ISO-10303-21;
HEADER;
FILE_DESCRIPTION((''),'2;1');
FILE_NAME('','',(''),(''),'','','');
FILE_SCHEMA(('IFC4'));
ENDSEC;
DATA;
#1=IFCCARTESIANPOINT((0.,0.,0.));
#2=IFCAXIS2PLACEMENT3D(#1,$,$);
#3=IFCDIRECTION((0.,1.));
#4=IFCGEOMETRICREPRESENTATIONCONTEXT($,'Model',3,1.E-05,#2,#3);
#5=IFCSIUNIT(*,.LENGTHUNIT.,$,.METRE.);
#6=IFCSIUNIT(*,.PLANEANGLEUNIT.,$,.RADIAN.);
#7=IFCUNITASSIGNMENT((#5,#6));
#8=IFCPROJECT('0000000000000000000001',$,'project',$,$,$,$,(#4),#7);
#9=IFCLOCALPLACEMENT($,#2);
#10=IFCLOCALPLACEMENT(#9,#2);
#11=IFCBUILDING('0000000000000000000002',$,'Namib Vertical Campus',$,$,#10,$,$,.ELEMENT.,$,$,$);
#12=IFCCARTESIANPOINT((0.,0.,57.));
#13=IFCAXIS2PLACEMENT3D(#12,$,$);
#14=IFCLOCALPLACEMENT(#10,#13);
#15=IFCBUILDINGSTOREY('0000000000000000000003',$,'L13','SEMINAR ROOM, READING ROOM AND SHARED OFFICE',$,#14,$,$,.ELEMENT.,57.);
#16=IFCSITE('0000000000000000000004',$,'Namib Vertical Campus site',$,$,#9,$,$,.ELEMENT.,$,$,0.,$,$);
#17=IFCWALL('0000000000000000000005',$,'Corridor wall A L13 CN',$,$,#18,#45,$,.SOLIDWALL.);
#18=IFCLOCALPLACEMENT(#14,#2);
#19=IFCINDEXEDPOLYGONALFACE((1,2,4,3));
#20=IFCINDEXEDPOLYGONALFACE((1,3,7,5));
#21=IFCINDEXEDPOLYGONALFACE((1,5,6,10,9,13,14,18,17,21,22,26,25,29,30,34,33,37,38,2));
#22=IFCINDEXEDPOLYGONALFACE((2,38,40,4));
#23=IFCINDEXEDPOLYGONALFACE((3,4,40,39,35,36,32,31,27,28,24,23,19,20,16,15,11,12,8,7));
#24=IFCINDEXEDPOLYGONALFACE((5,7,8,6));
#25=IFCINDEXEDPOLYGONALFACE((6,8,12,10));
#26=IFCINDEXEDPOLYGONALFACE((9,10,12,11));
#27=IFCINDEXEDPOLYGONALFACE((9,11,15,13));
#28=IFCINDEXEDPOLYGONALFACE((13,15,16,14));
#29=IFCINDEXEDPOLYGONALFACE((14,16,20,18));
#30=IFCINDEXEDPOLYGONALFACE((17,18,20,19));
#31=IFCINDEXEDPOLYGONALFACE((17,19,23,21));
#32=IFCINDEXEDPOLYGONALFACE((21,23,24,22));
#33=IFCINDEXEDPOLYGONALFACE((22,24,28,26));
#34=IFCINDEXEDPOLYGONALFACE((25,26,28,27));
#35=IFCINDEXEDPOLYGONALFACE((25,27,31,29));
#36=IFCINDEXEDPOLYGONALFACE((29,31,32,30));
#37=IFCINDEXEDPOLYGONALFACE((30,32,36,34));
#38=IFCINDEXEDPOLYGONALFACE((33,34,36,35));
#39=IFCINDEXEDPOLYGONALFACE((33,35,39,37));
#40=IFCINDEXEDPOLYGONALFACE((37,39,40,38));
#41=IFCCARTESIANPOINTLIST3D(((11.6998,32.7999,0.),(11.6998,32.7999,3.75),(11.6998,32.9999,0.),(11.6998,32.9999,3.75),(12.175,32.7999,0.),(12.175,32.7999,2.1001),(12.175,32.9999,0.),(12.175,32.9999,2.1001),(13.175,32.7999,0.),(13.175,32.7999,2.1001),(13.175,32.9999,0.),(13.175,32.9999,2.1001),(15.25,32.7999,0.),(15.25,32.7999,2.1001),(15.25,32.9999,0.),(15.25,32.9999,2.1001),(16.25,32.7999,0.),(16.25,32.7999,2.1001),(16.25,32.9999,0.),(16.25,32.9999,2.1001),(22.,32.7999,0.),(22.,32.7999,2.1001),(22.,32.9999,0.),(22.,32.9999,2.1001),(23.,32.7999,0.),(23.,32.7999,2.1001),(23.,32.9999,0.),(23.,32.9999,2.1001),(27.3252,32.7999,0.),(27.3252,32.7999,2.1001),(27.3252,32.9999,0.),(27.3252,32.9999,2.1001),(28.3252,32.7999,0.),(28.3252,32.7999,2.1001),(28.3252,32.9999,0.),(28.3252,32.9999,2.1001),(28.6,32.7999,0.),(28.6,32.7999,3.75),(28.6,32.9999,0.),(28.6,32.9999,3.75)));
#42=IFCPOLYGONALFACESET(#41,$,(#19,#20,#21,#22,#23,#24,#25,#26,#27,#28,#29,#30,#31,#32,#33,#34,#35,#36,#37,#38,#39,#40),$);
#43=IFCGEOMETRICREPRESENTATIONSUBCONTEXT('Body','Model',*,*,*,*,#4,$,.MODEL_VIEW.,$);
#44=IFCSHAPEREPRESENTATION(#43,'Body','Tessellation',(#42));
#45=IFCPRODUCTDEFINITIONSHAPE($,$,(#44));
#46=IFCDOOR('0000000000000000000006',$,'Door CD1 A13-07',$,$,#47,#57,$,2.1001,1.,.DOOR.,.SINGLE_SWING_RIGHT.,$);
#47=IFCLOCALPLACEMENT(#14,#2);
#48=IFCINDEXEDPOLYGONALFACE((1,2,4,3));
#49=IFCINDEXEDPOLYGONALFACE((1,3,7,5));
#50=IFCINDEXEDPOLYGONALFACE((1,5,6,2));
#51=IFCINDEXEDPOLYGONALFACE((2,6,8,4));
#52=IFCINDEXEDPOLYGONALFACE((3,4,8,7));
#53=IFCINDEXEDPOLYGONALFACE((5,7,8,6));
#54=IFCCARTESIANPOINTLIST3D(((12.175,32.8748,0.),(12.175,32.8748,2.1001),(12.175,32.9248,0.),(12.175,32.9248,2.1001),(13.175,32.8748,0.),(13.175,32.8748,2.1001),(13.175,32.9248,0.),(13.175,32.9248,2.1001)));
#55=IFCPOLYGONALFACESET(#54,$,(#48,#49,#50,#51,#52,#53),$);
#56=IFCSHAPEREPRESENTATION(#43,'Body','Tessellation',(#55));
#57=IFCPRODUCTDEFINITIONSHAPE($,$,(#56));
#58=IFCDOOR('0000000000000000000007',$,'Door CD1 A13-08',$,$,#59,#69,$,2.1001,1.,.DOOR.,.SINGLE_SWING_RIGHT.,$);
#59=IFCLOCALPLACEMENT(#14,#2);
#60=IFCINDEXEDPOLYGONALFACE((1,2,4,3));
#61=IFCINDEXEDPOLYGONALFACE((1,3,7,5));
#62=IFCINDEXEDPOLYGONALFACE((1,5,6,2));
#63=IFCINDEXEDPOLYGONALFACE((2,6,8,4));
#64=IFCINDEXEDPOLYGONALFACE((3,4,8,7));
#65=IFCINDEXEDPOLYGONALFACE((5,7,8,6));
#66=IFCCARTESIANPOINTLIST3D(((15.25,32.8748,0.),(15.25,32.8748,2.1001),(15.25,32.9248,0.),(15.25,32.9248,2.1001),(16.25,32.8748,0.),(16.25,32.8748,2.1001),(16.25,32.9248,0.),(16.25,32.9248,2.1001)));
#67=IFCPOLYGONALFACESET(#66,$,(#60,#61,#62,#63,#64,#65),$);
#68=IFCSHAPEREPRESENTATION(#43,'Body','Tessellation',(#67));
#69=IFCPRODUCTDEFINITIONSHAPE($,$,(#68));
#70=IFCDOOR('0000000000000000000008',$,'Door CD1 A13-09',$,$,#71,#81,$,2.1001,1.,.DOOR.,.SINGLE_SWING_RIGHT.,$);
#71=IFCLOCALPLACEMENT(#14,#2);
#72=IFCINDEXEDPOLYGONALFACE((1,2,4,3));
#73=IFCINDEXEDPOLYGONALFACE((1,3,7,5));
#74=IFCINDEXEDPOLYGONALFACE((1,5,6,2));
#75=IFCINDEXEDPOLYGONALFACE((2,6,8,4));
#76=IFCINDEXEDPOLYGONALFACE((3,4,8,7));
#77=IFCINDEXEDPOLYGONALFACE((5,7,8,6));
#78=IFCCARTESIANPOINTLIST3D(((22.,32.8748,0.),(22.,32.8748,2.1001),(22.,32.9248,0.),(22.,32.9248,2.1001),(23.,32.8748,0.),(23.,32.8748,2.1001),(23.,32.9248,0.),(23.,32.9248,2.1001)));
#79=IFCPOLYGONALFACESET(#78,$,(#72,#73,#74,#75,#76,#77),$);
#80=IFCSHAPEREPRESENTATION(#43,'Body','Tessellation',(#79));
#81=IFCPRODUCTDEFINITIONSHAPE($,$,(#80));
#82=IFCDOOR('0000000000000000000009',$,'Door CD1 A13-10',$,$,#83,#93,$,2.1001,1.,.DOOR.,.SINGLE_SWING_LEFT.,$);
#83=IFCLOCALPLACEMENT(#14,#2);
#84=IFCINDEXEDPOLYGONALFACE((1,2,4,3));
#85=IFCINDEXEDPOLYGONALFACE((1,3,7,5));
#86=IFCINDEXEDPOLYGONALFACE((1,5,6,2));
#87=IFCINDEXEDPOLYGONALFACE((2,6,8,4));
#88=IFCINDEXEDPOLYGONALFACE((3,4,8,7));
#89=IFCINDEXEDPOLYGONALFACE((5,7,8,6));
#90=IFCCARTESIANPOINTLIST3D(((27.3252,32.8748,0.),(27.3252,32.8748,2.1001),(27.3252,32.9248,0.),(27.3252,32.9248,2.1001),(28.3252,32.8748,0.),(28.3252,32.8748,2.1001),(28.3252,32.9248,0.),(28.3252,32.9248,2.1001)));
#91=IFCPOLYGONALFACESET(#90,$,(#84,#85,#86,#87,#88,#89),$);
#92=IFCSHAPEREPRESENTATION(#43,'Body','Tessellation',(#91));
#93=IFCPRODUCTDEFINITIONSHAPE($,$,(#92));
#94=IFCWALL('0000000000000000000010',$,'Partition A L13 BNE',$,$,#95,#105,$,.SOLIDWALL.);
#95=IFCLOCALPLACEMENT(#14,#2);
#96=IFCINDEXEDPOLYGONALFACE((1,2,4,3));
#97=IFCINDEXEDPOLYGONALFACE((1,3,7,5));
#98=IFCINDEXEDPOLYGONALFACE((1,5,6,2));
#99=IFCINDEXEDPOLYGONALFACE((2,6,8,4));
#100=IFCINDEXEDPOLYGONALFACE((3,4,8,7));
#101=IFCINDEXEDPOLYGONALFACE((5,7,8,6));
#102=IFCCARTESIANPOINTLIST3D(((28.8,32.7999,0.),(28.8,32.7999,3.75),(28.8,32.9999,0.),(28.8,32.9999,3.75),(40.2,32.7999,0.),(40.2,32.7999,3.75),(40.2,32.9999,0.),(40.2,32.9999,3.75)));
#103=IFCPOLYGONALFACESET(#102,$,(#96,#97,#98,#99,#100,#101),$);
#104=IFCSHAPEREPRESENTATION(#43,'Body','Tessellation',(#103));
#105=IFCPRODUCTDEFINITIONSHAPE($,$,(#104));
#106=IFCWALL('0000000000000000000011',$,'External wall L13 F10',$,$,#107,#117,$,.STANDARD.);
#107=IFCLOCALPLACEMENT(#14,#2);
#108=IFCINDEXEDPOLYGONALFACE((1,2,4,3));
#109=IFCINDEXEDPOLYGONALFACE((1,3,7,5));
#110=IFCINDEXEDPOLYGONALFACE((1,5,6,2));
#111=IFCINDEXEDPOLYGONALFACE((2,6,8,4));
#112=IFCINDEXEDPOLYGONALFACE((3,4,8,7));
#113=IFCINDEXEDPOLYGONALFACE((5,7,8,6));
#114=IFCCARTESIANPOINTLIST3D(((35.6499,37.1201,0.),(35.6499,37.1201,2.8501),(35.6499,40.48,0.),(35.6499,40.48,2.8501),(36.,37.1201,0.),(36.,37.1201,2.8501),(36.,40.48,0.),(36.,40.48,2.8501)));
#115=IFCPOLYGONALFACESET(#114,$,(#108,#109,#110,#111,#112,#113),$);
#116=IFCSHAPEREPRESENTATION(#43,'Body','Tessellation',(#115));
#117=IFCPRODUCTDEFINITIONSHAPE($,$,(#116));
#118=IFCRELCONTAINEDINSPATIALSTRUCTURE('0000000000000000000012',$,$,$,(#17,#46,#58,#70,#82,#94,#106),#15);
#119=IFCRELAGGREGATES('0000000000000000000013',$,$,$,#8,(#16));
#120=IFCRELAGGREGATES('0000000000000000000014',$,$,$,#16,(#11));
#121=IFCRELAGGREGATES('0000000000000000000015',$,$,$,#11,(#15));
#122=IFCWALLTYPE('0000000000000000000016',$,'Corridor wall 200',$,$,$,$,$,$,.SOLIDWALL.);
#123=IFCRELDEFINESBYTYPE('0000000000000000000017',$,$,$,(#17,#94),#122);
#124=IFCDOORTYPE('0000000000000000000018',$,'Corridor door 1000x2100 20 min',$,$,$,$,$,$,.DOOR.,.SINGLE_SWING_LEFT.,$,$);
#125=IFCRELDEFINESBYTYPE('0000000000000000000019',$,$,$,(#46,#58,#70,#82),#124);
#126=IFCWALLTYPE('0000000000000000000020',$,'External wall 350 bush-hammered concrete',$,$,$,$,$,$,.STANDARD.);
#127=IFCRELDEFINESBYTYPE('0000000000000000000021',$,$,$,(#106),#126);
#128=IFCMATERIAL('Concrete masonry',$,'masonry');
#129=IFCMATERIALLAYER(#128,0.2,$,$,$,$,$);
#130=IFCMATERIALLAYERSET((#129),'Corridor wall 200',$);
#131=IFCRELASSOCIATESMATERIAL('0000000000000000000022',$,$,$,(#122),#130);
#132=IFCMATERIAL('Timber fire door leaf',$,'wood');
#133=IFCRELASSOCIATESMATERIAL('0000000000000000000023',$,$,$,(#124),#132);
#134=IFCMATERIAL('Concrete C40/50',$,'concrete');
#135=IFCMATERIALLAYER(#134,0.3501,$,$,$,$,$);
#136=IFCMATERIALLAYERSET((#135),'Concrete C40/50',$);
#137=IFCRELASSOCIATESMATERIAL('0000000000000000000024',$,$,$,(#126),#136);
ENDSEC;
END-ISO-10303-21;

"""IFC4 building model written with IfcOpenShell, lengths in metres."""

from ifc_helpers import new_model, si_unit, direction, frame, frame_2d, origin, place, context, subcontext, project, spatial, rectangle, extrude, material, layer, layer_set, type_object, element, fill, save


model = new_model("IFC4")

# Units and contexts
model_context = context("Model", 3, precision=1e-05, world=origin(), true_north=direction((0.0, 1.0)))
body_context = subcontext(model_context, "Body", "Model", "MODEL_VIEW")
ifc_project = project(units=[si_unit("LENGTHUNIT", "METRE"), si_unit("PLANEANGLEUNIT", "RADIAN")], contexts=[model_context])

# Site, building, storey
site_placement = place(None, origin())
site = spatial("IfcSite", under=ifc_project, at=site_placement, Name="Namib Vertical Campus site", CompositionType="ELEMENT", RefElevation=0.0)
building_placement = place(site_placement, origin())
building = spatial("IfcBuilding", under=site, at=building_placement, Name="Namib Vertical Campus", CompositionType="ELEMENT")
storey_placement = place(building_placement, frame((0.0, 0.0, 57.0)))
storey = spatial("IfcBuildingStorey", under=building, at=storey_placement, Name="L13", Description="SEMINAR ROOM, READING ROOM AND SHARED OFFICE", CompositionType="ELEMENT", Elevation=57.0)

# Wall, openings, doors
ifc_material_1 = material(Name="Concrete masonry", Category="masonry")
ifc_layer_1 = layer(ifc_material_1, 0.2)
ifc_layer_set_1 = layer_set([ifc_layer_1], Name="Corridor wall 200")
wall_type_1 = type_object("IfcWallType", Name="Corridor wall 200", PredefinedType="SOLIDWALL", material=ifc_layer_set_1)
wall_1_placement = place(storey_placement, frame((28.6001, 32.8999, 0.0), z_axis=(0.0, 0.0, 1.0), x_axis=(-1.0, 0.0, 0.0)))
wall_1 = element("IfcWall", 1, at=wall_1_placement, inside=storey, type_object=wall_type_1, Name="Corridor wall A L13 CN", PredefinedType="SOLIDWALL", context=body_context, shape_type="SweptSolid", body=[
    extrude(rectangle(XDim=16.9001, YDim=0.2, at=frame_2d((8.4502, 0.0))), origin(), (0.0, 0.0, 1.0), 3.75),
])
opening_1_placement = place(wall_1_placement, frame((15.425, 0.0, 0.0)))
opening_1 = element("IfcOpeningElement", 2, at=opening_1_placement, cuts=wall_1, PredefinedType="OPENING", context=body_context, shape_type="SweptSolid", body=[
    extrude(rectangle(XDim=1.0, YDim=2.1001, at=frame_2d((0.5, 1.05))), frame((0.0, 0.1099, 0.0), z_axis=(0.0, -1.0, 0.0), x_axis=(1.0, 0.0, 0.0)), (0.0, 0.0, 1.0), 0.22),
])
opening_2_placement = place(wall_1_placement, frame((12.3501, 0.0, 0.0)))
opening_2 = element("IfcOpeningElement", 3, at=opening_2_placement, cuts=wall_1, PredefinedType="OPENING", context=body_context, shape_type="SweptSolid", body=[
    extrude(rectangle(XDim=1.0, YDim=2.1001, at=frame_2d((0.5, 1.05))), frame((0.0, 0.1099, 0.0), z_axis=(0.0, -1.0, 0.0), x_axis=(1.0, 0.0, 0.0)), (0.0, 0.0, 1.0), 0.22),
])
opening_3_placement = place(wall_1_placement, frame((5.6001, 0.0, 0.0)))
opening_3 = element("IfcOpeningElement", 4, at=opening_3_placement, cuts=wall_1, PredefinedType="OPENING", context=body_context, shape_type="SweptSolid", body=[
    extrude(rectangle(XDim=1.0, YDim=2.1001, at=frame_2d((0.5, 1.05))), frame((0.0, 0.1099, 0.0), z_axis=(0.0, -1.0, 0.0), x_axis=(1.0, 0.0, 0.0)), (0.0, 0.0, 1.0), 0.22),
])
opening_4_placement = place(wall_1_placement, frame((0.2749, 0.0, 0.0)))
opening_4 = element("IfcOpeningElement", 5, at=opening_4_placement, cuts=wall_1, PredefinedType="OPENING", context=body_context, shape_type="SweptSolid", body=[
    extrude(rectangle(XDim=1.0, YDim=2.1001, at=frame_2d((0.5, 1.05))), frame((0.0, 0.1099, 0.0), z_axis=(0.0, -1.0, 0.0), x_axis=(1.0, 0.0, 0.0)), (0.0, 0.0, 1.0), 0.22),
])
ifc_material_2 = material(Name="Timber fire door leaf", Category="wood")
door_type = type_object("IfcDoorType", Name="Corridor door 1000x2100 20 min", OperationType="SINGLE_SWING_LEFT", PredefinedType="DOOR", material=ifc_material_2)
door_1_placement = place(opening_1_placement, frame((1.0, 0.0, 0.0), z_axis=(0.0, 0.0, 1.0), x_axis=(-1.0, 0.0, 0.0)))
door_1 = element("IfcDoor", 6, at=door_1_placement, inside=storey, type_object=door_type, Name="Door CD1 A13-07", OperationType="SINGLE_SWING_RIGHT", OverallHeight=2.1001, OverallWidth=1.0, PredefinedType="DOOR", context=body_context, shape_type="SweptSolid", body=[
    extrude(rectangle(XDim=1.0, YDim=2.1001, at=frame_2d((0.5, 1.05))), frame((0.0, 0.0249, 0.0), z_axis=(0.0, -1.0, 0.0), x_axis=(1.0, 0.0, 0.0)), (0.0, 0.0, 1.0), 0.05),
])
fill(opening_1, door_1)
door_2_placement = place(opening_2_placement, frame((1.0, 0.0, 0.0), z_axis=(0.0, 0.0, 1.0), x_axis=(-1.0, 0.0, 0.0)))
door_2 = element("IfcDoor", 7, at=door_2_placement, inside=storey, type_object=door_type, Name="Door CD1 A13-08", OperationType="SINGLE_SWING_RIGHT", OverallHeight=2.1001, OverallWidth=1.0, PredefinedType="DOOR", context=body_context, shape_type="SweptSolid", body=[
    extrude(rectangle(XDim=1.0, YDim=2.1001, at=frame_2d((0.5, 1.05))), frame((0.0, 0.0249, 0.0), z_axis=(0.0, -1.0, 0.0), x_axis=(1.0, 0.0, 0.0)), (0.0, 0.0, 1.0), 0.05),
])
fill(opening_2, door_2)
door_3_placement = place(opening_3_placement, frame((1.0, 0.0, 0.0), z_axis=(0.0, 0.0, 1.0), x_axis=(-1.0, 0.0, 0.0)))
door_3 = element("IfcDoor", 8, at=door_3_placement, inside=storey, type_object=door_type, Name="Door CD1 A13-09", OperationType="SINGLE_SWING_RIGHT", OverallHeight=2.1001, OverallWidth=1.0, PredefinedType="DOOR", context=body_context, shape_type="SweptSolid", body=[
    extrude(rectangle(XDim=1.0, YDim=2.1001, at=frame_2d((0.5, 1.05))), frame((0.0, 0.0249, 0.0), z_axis=(0.0, -1.0, 0.0), x_axis=(1.0, 0.0, 0.0)), (0.0, 0.0, 1.0), 0.05),
])
fill(opening_3, door_3)
door_4_placement = place(opening_4_placement, frame((1.0, 0.0, 0.0), z_axis=(0.0, 0.0, 1.0), x_axis=(-1.0, 0.0, 0.0)))
door_4 = element("IfcDoor", 9, at=door_4_placement, inside=storey, type_object=door_type, Name="Door CD1 A13-10", OperationType="SINGLE_SWING_LEFT", OverallHeight=2.1001, OverallWidth=1.0, PredefinedType="DOOR", context=body_context, shape_type="SweptSolid", body=[
    extrude(rectangle(XDim=1.0, YDim=2.1001, at=frame_2d((0.5, 1.05))), frame((0.0, 0.0249, 0.0), z_axis=(0.0, -1.0, 0.0), x_axis=(1.0, 0.0, 0.0)), (0.0, 0.0, 1.0), 0.05),
])
fill(opening_4, door_4)

# Walls
wall_2_placement = place(storey_placement, frame((28.8, 32.8999, 0.0), z_axis=(0.0, 0.0, 1.0), x_axis=(1.0, 0.0, 0.0)))
element("IfcWall", 10, at=wall_2_placement, inside=storey, type_object=wall_type_1, Name="Partition A L13 BNE", PredefinedType="SOLIDWALL", context=body_context, shape_type="SweptSolid", body=[
    extrude(rectangle(XDim=11.3999, YDim=0.2, at=frame_2d((5.7, 0.0))), origin(), (0.0, 0.0, 1.0), 3.75),
])
ifc_material_3 = material(Name="Concrete C40/50", Category="concrete")
ifc_layer_2 = layer(ifc_material_3, 0.3501)
ifc_layer_set_2 = layer_set([ifc_layer_2], Name="Concrete C40/50")
wall_type_2 = type_object("IfcWallType", Name="External wall 350 bush-hammered concrete", PredefinedType="STANDARD", material=ifc_layer_set_2)
wall_3_placement = place(storey_placement, frame((35.825, 37.1201, 0.0), z_axis=(0.0, 0.0, 1.0), x_axis=(0.0, 1.0, 0.0)))
element("IfcWall", 11, at=wall_3_placement, inside=storey, type_object=wall_type_2, Name="External wall L13 F10", PredefinedType="STANDARD", context=body_context, shape_type="SweptSolid", body=[
    extrude(rectangle(XDim=3.3599, YDim=0.3501, at=frame_2d((1.6799, 0.0))), origin(), (0.0, 0.0, 1.0), 2.8501),
])

save(model, "model.ifc")
